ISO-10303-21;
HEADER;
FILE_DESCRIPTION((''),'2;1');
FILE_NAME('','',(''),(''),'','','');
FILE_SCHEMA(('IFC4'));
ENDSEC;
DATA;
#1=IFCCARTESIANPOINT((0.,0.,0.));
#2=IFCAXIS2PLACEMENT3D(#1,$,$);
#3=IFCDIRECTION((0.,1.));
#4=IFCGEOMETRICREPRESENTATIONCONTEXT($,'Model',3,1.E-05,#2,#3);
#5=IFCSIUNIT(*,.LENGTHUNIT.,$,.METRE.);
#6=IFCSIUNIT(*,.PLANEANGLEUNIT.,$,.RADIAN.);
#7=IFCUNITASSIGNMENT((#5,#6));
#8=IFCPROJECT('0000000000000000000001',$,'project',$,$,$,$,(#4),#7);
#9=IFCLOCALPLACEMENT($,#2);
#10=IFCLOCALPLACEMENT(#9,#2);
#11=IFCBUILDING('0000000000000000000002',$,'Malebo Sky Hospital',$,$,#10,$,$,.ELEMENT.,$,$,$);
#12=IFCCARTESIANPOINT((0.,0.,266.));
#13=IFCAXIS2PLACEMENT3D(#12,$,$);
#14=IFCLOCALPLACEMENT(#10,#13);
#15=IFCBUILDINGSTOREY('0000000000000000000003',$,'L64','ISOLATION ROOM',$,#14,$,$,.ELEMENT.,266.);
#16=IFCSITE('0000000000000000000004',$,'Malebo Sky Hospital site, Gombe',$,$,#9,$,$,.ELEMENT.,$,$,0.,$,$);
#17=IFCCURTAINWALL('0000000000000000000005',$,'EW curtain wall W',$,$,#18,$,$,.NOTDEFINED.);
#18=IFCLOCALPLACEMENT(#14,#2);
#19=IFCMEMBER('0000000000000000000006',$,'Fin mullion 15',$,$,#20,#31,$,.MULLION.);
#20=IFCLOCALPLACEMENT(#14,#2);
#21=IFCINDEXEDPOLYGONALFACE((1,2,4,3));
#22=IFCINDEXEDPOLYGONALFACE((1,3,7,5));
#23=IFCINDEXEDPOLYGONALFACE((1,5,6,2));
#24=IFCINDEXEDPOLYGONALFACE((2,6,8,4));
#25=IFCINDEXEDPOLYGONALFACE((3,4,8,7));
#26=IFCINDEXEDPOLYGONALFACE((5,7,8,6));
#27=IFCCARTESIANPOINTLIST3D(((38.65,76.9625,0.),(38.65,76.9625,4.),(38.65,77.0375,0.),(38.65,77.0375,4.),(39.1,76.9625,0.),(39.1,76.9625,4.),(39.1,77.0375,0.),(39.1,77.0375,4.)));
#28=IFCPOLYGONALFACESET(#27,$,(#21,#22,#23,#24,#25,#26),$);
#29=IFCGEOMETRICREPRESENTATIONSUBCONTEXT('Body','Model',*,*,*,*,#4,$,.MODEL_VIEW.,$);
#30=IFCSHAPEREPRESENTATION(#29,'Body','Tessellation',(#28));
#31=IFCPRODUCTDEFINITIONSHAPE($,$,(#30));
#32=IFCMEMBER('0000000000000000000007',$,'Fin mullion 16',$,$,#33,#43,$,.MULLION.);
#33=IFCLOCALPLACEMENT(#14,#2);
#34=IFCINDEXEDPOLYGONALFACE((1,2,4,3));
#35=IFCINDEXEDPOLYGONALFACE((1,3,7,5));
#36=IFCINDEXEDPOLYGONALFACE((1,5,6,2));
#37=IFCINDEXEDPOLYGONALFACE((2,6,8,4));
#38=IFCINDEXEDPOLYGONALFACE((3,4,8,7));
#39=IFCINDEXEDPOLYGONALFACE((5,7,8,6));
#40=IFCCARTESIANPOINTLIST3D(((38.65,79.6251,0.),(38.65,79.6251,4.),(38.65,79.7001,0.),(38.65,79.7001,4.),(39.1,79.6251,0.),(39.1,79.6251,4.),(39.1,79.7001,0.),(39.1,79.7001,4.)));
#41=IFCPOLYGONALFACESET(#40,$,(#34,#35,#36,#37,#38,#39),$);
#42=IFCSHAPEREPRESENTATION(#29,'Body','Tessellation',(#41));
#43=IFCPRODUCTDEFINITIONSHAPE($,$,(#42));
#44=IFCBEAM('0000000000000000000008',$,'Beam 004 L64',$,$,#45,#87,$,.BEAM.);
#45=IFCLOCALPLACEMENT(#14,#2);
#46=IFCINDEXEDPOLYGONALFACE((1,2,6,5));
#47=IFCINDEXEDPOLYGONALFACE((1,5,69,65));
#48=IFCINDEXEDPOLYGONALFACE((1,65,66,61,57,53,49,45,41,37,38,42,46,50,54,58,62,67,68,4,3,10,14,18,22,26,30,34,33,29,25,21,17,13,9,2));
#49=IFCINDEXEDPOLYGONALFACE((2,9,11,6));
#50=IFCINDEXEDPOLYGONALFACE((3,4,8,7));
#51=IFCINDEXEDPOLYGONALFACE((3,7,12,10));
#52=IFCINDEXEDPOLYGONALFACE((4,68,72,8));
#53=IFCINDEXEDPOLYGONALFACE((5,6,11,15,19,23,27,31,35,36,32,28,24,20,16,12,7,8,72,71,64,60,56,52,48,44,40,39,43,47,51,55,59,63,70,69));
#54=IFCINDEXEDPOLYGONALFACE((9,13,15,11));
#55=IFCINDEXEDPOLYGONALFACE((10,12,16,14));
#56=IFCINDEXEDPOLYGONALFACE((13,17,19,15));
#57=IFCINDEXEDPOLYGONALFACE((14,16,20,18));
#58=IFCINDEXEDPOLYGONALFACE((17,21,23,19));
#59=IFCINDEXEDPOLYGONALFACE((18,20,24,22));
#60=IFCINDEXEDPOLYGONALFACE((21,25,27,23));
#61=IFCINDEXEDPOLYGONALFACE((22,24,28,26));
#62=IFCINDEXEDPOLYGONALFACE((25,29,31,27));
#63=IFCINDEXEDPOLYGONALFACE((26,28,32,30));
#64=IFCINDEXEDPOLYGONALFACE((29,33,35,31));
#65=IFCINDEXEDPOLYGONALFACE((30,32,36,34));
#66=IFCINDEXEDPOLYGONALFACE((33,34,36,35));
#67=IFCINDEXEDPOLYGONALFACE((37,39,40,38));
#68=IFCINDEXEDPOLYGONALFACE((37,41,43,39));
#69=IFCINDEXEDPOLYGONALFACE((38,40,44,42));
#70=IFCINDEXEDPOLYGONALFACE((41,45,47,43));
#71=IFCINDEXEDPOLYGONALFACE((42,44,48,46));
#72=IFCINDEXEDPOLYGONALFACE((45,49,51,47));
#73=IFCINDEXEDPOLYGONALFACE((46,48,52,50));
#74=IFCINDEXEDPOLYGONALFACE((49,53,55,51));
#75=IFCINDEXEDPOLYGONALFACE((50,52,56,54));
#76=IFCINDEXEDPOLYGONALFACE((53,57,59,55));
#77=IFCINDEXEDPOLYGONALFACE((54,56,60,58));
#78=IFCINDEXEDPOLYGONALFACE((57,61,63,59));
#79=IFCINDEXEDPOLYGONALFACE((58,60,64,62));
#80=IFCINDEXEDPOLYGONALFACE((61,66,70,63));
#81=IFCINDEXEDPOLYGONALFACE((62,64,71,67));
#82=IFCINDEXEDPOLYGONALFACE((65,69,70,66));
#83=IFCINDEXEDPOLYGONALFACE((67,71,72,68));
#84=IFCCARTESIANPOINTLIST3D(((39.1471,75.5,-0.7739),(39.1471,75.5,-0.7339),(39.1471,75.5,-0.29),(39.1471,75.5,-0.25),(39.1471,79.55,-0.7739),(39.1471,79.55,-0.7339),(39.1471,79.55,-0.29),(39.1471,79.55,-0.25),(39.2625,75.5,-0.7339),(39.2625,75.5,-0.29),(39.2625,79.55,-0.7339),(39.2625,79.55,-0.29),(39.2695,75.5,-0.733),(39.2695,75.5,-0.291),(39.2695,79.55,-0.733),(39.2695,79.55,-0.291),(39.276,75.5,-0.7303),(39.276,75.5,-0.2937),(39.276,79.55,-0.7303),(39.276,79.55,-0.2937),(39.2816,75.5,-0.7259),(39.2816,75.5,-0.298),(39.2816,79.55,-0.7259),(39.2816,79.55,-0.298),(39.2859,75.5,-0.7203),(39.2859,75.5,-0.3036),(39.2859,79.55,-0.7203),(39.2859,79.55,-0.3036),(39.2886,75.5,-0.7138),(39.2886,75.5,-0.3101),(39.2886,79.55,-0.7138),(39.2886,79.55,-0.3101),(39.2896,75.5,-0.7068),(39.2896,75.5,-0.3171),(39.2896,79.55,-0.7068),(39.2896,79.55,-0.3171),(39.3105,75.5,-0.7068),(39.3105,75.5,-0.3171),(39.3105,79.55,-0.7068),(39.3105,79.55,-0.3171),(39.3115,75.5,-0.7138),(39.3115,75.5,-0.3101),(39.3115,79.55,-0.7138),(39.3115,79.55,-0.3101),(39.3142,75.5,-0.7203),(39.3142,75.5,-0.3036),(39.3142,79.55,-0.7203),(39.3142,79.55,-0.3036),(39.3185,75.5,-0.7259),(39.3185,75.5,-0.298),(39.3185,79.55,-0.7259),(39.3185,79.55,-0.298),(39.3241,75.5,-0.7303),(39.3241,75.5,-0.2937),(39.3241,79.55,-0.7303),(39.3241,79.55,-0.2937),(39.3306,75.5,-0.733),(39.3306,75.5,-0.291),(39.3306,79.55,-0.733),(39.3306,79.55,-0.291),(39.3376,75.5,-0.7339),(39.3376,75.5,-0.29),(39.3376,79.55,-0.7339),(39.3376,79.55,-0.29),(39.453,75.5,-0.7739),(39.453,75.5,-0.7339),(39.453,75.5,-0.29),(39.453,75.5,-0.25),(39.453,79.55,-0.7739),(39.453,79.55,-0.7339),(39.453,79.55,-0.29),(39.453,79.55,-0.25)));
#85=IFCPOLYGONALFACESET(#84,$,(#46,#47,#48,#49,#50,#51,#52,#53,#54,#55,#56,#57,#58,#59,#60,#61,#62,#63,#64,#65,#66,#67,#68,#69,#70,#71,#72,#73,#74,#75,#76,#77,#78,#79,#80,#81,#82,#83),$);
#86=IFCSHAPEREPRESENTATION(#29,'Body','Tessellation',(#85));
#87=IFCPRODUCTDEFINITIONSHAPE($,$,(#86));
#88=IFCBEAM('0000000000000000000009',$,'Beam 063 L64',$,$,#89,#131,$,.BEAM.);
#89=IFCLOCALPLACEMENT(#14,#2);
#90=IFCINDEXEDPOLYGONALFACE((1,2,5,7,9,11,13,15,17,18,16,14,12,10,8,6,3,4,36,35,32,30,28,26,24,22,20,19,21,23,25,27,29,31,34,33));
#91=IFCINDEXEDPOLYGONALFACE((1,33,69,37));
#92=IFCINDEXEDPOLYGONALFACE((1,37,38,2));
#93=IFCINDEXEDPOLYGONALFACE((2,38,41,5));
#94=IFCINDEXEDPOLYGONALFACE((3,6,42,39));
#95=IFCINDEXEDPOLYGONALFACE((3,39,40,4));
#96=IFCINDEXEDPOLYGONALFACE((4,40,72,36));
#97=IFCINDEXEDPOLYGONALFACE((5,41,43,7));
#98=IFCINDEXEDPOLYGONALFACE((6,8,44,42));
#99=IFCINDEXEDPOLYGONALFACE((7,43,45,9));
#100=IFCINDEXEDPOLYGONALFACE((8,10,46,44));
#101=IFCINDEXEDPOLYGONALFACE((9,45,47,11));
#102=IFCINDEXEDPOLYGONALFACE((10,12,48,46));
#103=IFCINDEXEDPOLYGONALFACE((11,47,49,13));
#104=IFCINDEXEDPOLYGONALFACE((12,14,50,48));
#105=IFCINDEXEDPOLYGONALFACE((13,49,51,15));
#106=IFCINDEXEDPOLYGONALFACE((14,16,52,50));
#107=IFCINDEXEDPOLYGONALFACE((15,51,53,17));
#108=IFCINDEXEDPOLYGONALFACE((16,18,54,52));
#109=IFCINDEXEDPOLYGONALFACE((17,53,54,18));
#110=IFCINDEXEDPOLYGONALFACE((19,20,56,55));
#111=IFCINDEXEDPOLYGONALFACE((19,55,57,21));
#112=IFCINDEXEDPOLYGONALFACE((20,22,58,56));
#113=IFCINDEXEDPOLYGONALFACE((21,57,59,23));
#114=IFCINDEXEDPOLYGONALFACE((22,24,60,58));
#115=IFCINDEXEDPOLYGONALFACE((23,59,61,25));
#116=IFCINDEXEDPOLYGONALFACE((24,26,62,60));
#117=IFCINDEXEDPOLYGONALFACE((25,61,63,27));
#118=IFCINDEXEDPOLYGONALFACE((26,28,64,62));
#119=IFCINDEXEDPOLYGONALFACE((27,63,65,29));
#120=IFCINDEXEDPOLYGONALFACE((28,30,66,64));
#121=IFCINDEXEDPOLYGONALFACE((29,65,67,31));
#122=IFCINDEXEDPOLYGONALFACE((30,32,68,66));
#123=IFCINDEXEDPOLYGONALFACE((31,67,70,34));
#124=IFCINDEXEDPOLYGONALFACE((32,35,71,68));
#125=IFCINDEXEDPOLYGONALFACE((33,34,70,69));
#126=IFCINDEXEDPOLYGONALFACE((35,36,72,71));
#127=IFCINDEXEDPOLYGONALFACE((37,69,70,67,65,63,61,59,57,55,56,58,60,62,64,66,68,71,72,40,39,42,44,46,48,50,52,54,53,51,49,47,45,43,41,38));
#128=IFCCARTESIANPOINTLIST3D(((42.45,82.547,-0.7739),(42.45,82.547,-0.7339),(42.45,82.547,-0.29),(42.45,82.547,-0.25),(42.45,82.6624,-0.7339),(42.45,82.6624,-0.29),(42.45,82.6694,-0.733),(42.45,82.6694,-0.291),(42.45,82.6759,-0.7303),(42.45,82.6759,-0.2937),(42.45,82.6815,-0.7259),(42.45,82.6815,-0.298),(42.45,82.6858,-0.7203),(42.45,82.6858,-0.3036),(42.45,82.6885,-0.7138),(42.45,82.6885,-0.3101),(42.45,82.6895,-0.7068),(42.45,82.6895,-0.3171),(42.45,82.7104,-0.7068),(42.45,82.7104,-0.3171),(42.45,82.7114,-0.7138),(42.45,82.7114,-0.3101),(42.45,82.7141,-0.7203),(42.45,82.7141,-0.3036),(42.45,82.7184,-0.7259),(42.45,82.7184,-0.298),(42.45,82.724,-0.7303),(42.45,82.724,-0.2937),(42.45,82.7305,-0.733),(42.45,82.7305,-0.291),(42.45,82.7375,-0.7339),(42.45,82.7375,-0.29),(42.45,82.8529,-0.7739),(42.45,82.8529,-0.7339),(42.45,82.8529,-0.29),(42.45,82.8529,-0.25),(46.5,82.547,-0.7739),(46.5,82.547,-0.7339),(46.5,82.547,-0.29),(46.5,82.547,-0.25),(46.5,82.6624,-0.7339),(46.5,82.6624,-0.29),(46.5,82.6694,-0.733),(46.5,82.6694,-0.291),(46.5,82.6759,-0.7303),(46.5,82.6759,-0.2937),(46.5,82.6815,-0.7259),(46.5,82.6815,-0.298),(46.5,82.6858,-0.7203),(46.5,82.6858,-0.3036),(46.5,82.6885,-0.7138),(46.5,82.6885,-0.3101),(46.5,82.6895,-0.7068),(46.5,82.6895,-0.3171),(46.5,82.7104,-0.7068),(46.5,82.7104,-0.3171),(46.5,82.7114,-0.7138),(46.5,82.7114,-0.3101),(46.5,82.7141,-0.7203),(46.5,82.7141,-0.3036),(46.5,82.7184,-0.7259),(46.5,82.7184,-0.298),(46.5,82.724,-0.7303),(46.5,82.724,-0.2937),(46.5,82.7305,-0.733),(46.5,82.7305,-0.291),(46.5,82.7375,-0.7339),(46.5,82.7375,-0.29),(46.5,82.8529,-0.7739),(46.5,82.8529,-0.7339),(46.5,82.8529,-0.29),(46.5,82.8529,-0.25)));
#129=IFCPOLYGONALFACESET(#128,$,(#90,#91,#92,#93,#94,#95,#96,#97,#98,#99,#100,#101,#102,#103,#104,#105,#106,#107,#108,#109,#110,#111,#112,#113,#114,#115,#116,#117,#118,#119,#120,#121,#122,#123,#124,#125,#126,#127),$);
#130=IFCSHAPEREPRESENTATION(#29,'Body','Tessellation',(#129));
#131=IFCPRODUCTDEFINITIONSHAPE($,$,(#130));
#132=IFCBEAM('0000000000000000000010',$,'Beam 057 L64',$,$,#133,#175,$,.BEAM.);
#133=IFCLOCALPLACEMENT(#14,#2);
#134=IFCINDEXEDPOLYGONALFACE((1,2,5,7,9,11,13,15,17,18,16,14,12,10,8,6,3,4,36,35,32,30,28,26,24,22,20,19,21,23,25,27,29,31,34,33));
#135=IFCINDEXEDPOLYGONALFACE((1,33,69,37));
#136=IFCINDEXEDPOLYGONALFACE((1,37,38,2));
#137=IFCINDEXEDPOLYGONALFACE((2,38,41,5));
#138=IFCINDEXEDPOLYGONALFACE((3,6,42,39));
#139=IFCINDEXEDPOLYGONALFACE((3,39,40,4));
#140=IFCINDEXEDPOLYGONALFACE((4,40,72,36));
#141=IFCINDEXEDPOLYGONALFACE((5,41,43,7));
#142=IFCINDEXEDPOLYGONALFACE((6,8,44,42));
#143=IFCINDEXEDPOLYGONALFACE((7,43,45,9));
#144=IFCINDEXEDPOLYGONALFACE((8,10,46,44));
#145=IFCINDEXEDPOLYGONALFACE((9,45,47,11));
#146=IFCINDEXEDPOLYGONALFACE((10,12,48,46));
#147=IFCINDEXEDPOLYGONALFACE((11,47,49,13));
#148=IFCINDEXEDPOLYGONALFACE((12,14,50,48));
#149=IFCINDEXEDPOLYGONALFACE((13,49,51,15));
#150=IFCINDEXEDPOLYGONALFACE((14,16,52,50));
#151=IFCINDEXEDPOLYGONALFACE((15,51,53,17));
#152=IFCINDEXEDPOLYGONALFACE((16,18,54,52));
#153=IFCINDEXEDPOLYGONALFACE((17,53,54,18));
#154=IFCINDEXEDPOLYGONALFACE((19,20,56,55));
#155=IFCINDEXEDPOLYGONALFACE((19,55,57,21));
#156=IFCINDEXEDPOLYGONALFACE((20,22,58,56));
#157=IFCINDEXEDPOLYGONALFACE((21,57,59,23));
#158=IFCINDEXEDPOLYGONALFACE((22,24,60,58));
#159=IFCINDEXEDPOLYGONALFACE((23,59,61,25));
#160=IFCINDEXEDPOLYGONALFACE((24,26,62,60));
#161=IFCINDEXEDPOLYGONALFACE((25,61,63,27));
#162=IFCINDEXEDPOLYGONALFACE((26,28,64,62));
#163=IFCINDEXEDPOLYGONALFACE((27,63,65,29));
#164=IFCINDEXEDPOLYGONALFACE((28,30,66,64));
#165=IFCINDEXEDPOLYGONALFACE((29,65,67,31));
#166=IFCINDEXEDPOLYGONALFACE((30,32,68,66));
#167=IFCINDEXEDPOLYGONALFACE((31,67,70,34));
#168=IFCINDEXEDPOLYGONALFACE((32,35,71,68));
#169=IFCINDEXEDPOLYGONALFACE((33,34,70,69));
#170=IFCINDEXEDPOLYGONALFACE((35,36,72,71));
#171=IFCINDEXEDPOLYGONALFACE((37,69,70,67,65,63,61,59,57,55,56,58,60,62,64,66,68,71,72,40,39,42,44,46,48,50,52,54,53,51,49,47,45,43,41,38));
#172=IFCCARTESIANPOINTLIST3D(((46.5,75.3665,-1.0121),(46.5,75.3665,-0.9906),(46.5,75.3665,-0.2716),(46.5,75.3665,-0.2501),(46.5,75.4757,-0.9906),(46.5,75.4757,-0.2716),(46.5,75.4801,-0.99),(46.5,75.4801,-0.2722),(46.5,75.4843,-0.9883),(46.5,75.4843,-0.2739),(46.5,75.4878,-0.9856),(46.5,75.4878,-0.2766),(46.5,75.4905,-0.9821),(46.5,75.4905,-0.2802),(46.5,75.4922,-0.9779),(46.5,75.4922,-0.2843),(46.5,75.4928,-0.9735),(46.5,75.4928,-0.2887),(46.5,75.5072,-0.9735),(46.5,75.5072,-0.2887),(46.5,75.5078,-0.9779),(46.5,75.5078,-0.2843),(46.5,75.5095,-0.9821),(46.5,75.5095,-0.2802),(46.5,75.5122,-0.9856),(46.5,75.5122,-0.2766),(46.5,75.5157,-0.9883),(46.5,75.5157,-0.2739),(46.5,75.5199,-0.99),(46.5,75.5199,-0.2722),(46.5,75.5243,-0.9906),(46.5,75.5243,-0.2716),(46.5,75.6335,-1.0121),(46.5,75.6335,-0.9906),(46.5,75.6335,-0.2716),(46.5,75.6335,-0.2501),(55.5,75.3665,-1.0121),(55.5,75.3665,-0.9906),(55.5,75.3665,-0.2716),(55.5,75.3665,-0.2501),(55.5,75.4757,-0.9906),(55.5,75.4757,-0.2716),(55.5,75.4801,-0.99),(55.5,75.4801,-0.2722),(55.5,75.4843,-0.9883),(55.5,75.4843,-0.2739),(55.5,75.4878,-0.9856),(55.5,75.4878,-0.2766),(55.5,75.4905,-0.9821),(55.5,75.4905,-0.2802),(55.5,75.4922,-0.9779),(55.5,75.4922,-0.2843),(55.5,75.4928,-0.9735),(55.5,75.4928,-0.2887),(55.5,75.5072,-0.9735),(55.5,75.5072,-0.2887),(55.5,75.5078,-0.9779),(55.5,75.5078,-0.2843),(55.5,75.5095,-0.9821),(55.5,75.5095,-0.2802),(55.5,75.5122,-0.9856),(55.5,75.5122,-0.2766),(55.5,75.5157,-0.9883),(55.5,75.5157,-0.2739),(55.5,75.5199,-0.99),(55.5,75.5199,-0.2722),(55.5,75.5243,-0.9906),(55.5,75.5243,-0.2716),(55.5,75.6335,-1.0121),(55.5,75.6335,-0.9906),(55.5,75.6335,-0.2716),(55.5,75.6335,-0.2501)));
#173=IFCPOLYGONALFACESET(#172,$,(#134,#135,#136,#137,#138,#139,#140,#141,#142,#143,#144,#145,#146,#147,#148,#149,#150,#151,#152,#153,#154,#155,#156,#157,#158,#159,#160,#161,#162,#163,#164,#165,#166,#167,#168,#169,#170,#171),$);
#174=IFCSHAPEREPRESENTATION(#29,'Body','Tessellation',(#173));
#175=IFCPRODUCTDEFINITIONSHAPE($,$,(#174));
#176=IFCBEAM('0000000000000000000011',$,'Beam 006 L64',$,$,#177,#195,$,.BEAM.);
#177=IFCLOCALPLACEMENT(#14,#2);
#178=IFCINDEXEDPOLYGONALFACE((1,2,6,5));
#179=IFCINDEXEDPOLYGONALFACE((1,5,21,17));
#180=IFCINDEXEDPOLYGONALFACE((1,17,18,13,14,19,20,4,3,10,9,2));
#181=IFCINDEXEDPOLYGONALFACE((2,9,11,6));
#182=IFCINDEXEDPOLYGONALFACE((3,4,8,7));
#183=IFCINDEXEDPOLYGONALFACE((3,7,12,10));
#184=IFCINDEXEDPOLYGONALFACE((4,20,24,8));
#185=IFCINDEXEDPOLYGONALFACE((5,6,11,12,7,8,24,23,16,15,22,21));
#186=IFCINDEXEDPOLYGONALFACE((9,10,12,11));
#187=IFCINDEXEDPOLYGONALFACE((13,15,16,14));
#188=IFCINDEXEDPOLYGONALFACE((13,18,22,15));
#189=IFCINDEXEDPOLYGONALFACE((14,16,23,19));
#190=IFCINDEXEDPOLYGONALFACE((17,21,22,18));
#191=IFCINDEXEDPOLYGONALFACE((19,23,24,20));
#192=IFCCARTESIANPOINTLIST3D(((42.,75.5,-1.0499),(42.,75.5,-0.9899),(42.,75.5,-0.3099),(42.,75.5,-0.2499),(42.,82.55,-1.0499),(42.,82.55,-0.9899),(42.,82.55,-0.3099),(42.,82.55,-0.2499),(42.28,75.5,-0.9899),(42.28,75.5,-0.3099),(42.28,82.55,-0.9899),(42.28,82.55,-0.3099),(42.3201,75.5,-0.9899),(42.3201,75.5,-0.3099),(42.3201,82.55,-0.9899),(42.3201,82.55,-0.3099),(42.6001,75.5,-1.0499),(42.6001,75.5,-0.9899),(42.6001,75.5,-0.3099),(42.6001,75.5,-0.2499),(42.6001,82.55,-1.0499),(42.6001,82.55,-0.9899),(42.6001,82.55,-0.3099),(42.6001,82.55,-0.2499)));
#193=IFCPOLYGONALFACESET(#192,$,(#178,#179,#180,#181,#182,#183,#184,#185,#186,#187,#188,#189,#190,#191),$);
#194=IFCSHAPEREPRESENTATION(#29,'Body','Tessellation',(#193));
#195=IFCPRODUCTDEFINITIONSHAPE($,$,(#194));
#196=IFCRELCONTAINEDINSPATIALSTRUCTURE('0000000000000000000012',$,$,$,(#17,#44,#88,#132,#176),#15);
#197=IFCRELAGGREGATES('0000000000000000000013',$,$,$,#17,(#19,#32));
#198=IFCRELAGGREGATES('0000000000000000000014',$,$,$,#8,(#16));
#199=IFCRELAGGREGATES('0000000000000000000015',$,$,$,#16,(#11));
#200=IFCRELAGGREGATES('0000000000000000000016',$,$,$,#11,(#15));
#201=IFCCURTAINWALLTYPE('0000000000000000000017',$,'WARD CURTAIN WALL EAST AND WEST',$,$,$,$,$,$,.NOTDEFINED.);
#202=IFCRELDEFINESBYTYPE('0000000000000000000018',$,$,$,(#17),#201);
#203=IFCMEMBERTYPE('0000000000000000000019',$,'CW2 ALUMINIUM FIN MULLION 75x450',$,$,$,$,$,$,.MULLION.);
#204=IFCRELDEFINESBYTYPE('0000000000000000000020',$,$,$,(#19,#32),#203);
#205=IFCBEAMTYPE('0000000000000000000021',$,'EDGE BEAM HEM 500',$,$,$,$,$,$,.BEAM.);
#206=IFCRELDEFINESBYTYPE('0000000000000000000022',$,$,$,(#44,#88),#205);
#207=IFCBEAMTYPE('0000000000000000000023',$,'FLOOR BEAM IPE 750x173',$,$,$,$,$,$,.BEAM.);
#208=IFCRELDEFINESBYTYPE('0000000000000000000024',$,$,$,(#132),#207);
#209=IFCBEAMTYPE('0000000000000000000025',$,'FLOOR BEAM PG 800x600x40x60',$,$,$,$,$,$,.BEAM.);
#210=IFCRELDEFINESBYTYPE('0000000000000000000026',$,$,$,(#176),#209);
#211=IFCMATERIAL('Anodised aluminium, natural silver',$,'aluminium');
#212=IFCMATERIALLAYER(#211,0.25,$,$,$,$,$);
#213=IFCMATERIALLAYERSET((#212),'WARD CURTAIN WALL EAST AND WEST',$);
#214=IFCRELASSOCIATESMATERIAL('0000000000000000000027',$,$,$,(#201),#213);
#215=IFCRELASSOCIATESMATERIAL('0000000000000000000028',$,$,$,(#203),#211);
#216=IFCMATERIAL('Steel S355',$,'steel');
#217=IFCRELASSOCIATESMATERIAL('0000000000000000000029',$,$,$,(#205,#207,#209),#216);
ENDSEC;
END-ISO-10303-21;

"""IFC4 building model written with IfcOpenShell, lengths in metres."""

from ifc_helpers import new_model, si_unit, direction, frame, origin, origin_2d, place, context, subcontext, project, spatial, rectangle, i_section, extrude, material, layer, layer_set, material_profile, profile_set, type_object, element, aggregate, save


model = new_model("IFC4")

# Units and contexts
model_context = context("Model", 3, precision=1e-05, world=origin(), true_north=direction((0.0, 1.0)))
body_context = subcontext(model_context, "Body", "Model", "MODEL_VIEW")
ifc_project = project(units=[si_unit("LENGTHUNIT", "METRE"), si_unit("PLANEANGLEUNIT", "RADIAN")], contexts=[model_context])

# Site, building, storey
site_placement = place(None, origin())
site = spatial("IfcSite", under=ifc_project, at=site_placement, Name="Malebo Sky Hospital site, Gombe", CompositionType="ELEMENT", RefElevation=0.0)
building_placement = place(site_placement, origin())
building = spatial("IfcBuilding", under=site, at=building_placement, Name="Malebo Sky Hospital", CompositionType="ELEMENT")
storey_placement = place(building_placement, frame((0.0, 0.0, 266.0)))
storey = spatial("IfcBuildingStorey", under=building, at=storey_placement, Name="L64", Description="ISOLATION ROOM", CompositionType="ELEMENT", Elevation=266.0)

# Curtain wall
ifc_material_1 = material(Name="Anodised aluminium, natural silver", Category="aluminium")
ifc_layer_1 = layer(ifc_material_1, 0.25)
ifc_layer_set_1 = layer_set([ifc_layer_1], Name="WARD CURTAIN WALL EAST AND WEST")
curtain_wall_type_1 = type_object("IfcCurtainWallType", Name="WARD CURTAIN WALL EAST AND WEST", PredefinedType="NOTDEFINED", material=ifc_layer_set_1)
curtain_wall_1_placement = place(storey_placement, origin())
curtain_wall_1 = element("IfcCurtainWall", 1, at=curtain_wall_1_placement, inside=storey, type_object=curtain_wall_type_1, Name="EW curtain wall W", PredefinedType="NOTDEFINED")

# Members
ifc_material_profile_1 = material_profile(ifc_material_1, rectangle(XDim=0.075, YDim=0.45, at=origin_2d()), Name="CW2 ALUMINIUM FIN MULLION 75x450")
ifc_profile_set_1 = profile_set([ifc_material_profile_1], Name="Anodised aluminium, natural silver")
member_type_1 = type_object("IfcMemberType", Name="CW2 ALUMINIUM FIN MULLION 75x450", PredefinedType="MULLION", material=ifc_profile_set_1)
member_1_placement = place(storey_placement, frame((38.875, 77.0, 0.0), z_axis=(0.0, 0.0, 1.0), x_axis=(0.0, 1.0, 0.0)))
member_1 = element("IfcMember", 2, at=member_1_placement, type_object=member_type_1, Name="Fin mullion 15", PredefinedType="MULLION", context=body_context, shape_type="SweptSolid", body=[
    extrude(rectangle(XDim=0.075, YDim=0.45, at=origin_2d()), origin(), (0.0, 0.0, 1.0), 4.0),
])
member_2_placement = place(storey_placement, frame((38.875, 79.6626, 0.0), z_axis=(0.0, 0.0, 1.0), x_axis=(0.0, 1.0, 0.0)))
member_2 = element("IfcMember", 3, at=member_2_placement, type_object=member_type_1, Name="Fin mullion 16", PredefinedType="MULLION", context=body_context, shape_type="SweptSolid", body=[
    extrude(rectangle(XDim=0.075, YDim=0.45, at=origin_2d()), origin(), (0.0, 0.0, 1.0), 4.0),
])

# Beams
ifc_material_2 = material(Name="Steel S355", Category="steel")
ifc_material_profile_2 = material_profile(ifc_material_2, i_section(OverallWidth=0.3059, OverallDepth=0.5239, WebThickness=0.021, FlangeThickness=0.04, FilletRadius=0.0271, at=origin_2d()), Name="HEM 500")
ifc_profile_set_2 = profile_set([ifc_material_profile_2], Name="Steel S355")
beam_type_1 = type_object("IfcBeamType", Name="EDGE BEAM HEM 500", PredefinedType="BEAM", material=ifc_profile_set_2)
for number, where, z_axis, x_axis, name in (
    (4, (39.3, 75.5, -0.512), (0.0, 1.0, 0.0), (-1.0, 0.0, 0.0), "Beam 004 L64"),
    (5, (42.45, 82.7, -0.512), (1.0, 0.0, 0.0), (0.0, 1.0, 0.0), "Beam 063 L64"),
):
    element("IfcBeam", number, at=place(storey_placement, frame(where, z_axis=z_axis, x_axis=x_axis)), inside=storey, type_object=beam_type_1, Name=name, PredefinedType="BEAM", context=body_context, shape_type="SweptSolid", body=[
        extrude(i_section(OverallWidth=0.3059, OverallDepth=0.5239, WebThickness=0.021, FlangeThickness=0.04, FilletRadius=0.0271, at=origin_2d()), origin(), (0.0, 0.0, 1.0), 4.05),
    ])
ifc_material_profile_3 = material_profile(ifc_material_2, i_section(OverallWidth=0.2671, OverallDepth=0.762, WebThickness=0.0144, FlangeThickness=0.0215, FilletRadius=0.0171, at=origin_2d()), Name="IPE 750x173")
ifc_profile_set_3 = profile_set([ifc_material_profile_3], Name="Steel S355")
beam_type_2 = type_object("IfcBeamType", Name="FLOOR BEAM IPE 750x173", PredefinedType="BEAM", material=ifc_profile_set_3)
beam_placement = place(storey_placement, frame((46.5, 75.5, -0.6311), z_axis=(1.0, 0.0, 0.0), x_axis=(0.0, 1.0, 0.0)))
element("IfcBeam", 6, at=beam_placement, inside=storey, type_object=beam_type_2, Name="Beam 057 L64", PredefinedType="BEAM", context=body_context, shape_type="SweptSolid", body=[
    extrude(i_section(OverallWidth=0.2671, OverallDepth=0.762, WebThickness=0.0144, FlangeThickness=0.0215, FilletRadius=0.0171, at=origin_2d()), origin(), (0.0, 0.0, 1.0), 9.0),
])
ifc_material_profile_4 = material_profile(ifc_material_2, i_section(OverallWidth=0.6001, OverallDepth=0.8, WebThickness=0.04, FlangeThickness=0.0601, at=origin_2d()), Name="PG 800x600x40x60")
ifc_profile_set_4 = profile_set([ifc_material_profile_4], Name="Steel S355")
beam_type_3 = type_object("IfcBeamType", Name="FLOOR BEAM PG 800x600x40x60", PredefinedType="BEAM", material=ifc_profile_set_4)
for number, where, z_axis, x_axis, name in (
    (7, (42.3, 75.5, -0.6499), (0.0, 1.0, 0.0), (-1.0, 0.0, 0.0), "Beam 006 L64"),
):
    element("IfcBeam", number, at=place(storey_placement, frame(where, z_axis=z_axis, x_axis=x_axis)), inside=storey, type_object=beam_type_3, Name=name, PredefinedType="BEAM", context=body_context, shape_type="SweptSolid", body=[
        extrude(i_section(OverallWidth=0.6001, OverallDepth=0.8, WebThickness=0.04, FlangeThickness=0.0601, at=origin_2d()), origin(), (0.0, 0.0, 1.0), 7.05),
    ])

aggregate(curtain_wall_1, [member_1, member_2])

save(model, "model.ifc")
